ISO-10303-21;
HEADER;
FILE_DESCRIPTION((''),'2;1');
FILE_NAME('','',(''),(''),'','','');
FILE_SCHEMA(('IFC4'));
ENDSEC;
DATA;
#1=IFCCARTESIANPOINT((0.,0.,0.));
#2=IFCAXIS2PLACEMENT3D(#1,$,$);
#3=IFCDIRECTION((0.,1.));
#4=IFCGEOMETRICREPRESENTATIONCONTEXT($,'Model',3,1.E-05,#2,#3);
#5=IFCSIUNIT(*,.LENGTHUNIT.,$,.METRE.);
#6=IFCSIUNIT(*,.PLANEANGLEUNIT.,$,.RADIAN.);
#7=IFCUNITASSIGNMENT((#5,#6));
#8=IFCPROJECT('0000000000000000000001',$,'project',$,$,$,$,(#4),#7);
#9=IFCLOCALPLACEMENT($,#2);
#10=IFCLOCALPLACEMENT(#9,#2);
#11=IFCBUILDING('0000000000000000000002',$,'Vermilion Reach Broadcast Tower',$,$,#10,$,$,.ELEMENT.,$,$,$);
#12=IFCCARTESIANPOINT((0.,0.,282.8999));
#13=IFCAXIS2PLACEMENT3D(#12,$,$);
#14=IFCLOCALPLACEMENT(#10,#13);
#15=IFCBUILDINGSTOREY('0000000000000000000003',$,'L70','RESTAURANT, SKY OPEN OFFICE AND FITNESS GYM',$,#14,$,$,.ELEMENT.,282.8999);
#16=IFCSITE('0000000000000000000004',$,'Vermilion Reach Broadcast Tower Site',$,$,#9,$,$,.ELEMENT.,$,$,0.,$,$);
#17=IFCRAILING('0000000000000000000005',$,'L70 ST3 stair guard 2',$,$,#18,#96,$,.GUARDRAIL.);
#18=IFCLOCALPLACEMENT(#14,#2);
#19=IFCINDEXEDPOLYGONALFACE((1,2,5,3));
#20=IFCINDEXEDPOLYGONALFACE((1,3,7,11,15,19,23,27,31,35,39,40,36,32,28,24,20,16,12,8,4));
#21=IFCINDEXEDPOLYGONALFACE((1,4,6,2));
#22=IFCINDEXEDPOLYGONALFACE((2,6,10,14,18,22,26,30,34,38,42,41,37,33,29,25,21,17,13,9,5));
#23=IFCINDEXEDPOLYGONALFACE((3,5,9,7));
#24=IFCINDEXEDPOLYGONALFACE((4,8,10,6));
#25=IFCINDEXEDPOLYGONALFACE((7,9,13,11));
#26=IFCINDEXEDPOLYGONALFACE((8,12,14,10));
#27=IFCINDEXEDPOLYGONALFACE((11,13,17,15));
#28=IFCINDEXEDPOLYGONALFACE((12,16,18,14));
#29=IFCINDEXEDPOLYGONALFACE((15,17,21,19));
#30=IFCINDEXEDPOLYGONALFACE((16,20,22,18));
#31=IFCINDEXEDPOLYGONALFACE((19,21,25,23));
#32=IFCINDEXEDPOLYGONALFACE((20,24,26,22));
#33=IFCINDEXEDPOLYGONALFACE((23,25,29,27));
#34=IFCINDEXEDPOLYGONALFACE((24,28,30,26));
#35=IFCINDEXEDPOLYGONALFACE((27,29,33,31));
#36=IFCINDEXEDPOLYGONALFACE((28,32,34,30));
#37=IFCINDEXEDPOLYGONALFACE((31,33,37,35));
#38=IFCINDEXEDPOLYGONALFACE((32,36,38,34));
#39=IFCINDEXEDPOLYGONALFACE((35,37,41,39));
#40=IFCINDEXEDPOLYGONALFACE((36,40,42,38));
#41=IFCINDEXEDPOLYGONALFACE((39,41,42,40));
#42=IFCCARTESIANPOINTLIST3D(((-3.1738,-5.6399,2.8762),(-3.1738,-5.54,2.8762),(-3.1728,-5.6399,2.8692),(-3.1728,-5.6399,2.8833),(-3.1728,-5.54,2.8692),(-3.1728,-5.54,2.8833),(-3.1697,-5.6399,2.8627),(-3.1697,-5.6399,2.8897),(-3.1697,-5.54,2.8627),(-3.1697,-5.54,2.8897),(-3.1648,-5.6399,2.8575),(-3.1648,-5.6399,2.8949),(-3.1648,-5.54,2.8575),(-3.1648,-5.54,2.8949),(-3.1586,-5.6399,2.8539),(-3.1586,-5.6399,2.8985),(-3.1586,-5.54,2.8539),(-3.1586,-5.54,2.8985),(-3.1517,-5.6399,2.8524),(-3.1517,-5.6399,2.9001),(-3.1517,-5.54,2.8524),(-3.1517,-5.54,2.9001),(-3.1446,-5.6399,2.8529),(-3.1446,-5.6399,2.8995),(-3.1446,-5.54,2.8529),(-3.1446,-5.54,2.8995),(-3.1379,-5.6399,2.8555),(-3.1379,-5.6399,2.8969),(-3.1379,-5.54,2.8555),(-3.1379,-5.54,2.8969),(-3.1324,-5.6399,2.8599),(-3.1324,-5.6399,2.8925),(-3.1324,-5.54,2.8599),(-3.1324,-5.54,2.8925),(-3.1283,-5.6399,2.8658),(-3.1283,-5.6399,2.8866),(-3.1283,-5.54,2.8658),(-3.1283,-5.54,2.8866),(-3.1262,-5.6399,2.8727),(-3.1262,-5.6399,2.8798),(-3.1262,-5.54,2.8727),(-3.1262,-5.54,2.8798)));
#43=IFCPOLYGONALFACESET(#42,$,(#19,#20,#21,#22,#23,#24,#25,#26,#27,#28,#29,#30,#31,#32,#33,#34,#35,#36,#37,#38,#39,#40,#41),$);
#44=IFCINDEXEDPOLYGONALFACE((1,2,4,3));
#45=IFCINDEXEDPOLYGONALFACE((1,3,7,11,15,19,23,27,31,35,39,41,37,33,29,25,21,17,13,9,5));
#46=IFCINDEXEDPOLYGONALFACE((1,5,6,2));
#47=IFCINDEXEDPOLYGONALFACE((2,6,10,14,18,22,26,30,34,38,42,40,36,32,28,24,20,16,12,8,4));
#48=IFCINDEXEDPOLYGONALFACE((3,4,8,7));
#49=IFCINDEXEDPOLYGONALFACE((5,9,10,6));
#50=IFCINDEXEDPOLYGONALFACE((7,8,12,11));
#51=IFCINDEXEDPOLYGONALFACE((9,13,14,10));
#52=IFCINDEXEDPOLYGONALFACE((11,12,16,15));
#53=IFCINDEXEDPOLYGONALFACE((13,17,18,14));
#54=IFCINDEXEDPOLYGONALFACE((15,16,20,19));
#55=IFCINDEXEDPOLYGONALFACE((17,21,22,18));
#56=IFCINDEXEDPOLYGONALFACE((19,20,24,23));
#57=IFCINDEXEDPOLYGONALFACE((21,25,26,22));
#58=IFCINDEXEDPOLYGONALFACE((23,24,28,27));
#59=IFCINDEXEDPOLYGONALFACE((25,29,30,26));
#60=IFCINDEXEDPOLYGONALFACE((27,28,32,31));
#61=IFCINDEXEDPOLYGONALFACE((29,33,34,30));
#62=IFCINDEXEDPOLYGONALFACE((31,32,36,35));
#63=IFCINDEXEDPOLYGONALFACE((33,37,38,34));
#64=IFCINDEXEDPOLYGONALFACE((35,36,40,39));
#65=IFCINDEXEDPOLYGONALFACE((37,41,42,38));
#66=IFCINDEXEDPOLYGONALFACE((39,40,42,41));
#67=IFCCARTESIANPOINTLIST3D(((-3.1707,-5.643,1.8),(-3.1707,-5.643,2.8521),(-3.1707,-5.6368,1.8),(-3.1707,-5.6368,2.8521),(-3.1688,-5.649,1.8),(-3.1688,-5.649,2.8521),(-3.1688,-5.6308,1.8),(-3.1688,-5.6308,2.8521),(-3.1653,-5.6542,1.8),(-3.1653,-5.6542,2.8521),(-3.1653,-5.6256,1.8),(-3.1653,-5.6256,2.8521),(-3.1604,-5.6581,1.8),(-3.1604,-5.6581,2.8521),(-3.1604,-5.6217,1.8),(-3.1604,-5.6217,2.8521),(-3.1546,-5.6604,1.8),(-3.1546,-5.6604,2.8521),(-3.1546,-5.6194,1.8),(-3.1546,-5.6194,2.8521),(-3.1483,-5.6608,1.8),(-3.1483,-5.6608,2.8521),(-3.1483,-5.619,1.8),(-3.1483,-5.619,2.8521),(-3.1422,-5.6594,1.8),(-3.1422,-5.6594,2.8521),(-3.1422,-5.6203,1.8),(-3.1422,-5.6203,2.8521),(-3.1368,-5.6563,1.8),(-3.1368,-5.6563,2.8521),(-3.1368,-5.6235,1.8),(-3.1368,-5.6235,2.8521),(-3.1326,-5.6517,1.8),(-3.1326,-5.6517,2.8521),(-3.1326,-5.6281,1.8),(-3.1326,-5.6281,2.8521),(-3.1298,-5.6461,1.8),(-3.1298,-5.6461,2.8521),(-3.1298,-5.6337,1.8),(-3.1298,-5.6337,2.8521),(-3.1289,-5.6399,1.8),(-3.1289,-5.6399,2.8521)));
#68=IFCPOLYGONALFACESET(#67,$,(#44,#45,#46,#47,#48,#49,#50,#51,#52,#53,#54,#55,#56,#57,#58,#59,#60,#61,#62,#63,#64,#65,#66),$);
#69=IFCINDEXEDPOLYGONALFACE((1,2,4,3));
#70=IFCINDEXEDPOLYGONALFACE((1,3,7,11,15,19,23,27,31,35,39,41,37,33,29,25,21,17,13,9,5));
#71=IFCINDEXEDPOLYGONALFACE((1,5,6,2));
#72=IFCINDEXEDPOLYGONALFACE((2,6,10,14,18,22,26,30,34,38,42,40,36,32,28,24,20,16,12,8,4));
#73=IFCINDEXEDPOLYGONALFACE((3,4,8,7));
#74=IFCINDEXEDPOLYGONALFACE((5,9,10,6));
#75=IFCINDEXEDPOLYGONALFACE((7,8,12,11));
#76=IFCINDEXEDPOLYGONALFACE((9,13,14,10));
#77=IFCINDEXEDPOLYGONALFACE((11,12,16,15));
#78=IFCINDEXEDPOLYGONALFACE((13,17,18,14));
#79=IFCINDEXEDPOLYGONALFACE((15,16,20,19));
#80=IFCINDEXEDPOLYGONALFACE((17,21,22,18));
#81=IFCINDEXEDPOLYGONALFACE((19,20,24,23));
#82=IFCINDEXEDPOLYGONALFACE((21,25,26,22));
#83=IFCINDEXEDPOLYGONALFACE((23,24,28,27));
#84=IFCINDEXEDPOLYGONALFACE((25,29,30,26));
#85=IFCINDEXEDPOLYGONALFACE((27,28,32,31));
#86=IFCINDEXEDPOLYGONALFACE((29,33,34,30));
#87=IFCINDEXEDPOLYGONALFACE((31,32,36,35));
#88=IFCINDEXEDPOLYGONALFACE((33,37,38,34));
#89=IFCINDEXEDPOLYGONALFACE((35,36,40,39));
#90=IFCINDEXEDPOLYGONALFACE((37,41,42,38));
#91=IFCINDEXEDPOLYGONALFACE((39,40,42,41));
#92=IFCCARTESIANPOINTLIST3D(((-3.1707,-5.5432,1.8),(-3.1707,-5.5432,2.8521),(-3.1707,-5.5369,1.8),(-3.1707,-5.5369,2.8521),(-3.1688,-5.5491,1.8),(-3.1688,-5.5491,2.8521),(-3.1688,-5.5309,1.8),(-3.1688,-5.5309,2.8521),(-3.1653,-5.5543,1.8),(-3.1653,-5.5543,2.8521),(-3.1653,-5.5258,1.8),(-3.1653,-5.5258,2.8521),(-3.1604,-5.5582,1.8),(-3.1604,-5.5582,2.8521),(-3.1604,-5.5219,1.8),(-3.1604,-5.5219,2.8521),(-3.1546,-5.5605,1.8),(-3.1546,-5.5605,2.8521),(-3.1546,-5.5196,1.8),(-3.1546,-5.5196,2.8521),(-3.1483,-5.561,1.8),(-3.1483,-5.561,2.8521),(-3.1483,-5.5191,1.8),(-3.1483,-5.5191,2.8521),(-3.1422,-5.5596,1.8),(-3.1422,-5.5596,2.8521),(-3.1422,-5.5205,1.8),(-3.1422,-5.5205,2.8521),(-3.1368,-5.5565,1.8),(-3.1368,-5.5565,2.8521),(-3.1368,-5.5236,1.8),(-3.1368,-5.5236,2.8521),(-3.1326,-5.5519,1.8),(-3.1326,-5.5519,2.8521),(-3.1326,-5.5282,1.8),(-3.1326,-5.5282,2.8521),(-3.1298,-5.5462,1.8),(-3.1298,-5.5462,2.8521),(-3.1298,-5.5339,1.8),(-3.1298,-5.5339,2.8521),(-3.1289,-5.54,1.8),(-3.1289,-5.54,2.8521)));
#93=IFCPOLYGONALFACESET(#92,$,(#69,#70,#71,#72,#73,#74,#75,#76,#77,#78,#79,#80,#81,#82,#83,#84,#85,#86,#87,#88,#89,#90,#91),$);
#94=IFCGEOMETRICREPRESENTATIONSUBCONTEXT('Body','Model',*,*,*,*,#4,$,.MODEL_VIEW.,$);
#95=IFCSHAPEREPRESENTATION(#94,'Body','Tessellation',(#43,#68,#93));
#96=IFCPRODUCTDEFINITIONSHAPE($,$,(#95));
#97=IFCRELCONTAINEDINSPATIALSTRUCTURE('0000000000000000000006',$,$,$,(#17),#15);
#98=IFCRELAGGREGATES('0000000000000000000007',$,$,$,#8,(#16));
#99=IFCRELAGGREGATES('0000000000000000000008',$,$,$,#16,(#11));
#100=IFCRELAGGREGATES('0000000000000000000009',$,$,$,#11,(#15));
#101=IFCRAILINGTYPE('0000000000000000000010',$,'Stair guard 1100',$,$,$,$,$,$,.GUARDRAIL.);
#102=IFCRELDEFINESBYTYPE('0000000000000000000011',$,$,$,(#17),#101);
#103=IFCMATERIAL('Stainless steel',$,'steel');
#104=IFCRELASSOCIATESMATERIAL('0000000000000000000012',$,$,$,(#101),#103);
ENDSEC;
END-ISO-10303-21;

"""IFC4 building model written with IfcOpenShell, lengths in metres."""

from ifc_helpers import new_model, si_unit, direction, frame, origin, origin_2d, place, context, subcontext, project, spatial, circle, extrude, material, type_object, element, save


model = new_model("IFC4")

# Units and contexts
model_context = context("Model", 3, precision=1e-05, world=origin(), true_north=direction((0.0, 1.0)))
body_context = subcontext(model_context, "Body", "Model", "MODEL_VIEW")
ifc_project = project(units=[si_unit("LENGTHUNIT", "METRE"), si_unit("PLANEANGLEUNIT", "RADIAN")], contexts=[model_context])

# Site, building, storey
site_placement = place(None, origin())
site = spatial("IfcSite", under=ifc_project, at=site_placement, Name="Vermilion Reach Broadcast Tower Site", CompositionType="ELEMENT", RefElevation=0.0)
building_placement = place(site_placement, origin())
building = spatial("IfcBuilding", under=site, at=building_placement, Name="Vermilion Reach Broadcast Tower", CompositionType="ELEMENT")
storey_placement = place(building_placement, frame((0.0, 0.0, 282.8999)))
storey = spatial("IfcBuildingStorey", under=building, at=storey_placement, Name="L70", Description="RESTAURANT, SKY OPEN OFFICE AND FITNESS GYM", CompositionType="ELEMENT", Elevation=282.8999)

# Railing
ifc_material_1 = material(Name="Stainless steel", Category="steel")
railing_type_1 = type_object("IfcRailingType", Name="Stair guard 1100", PredefinedType="GUARDRAIL", material=ifc_material_1)
railing_1_placement = place(storey_placement, frame((-3.1499, -5.6399, 1.8)))
element("IfcRailing", 1, at=railing_1_placement, inside=storey, type_object=railing_type_1, Name="L70 ST3 stair guard 2", PredefinedType="GUARDRAIL", context=body_context, shape_type="SweptSolid", body=[
    extrude(circle(Radius=0.0239, at=origin_2d()), frame((0.0, 0.0, 1.0762), z_axis=(0.0, 1.0, 0.0), x_axis=(-1.0, 0.0, 0.0)), (0.0, 0.0, 1.0), 0.0999),
    extrude(circle(Radius=0.021, at=origin_2d()), origin(), (0.0, 0.0, 1.0), 1.052),
    extrude(circle(Radius=0.021, at=origin_2d()), frame((0.0, 0.0999, 0.0)), (0.0, 0.0, 1.0), 1.052),
])

save(model, "model.ifc")
